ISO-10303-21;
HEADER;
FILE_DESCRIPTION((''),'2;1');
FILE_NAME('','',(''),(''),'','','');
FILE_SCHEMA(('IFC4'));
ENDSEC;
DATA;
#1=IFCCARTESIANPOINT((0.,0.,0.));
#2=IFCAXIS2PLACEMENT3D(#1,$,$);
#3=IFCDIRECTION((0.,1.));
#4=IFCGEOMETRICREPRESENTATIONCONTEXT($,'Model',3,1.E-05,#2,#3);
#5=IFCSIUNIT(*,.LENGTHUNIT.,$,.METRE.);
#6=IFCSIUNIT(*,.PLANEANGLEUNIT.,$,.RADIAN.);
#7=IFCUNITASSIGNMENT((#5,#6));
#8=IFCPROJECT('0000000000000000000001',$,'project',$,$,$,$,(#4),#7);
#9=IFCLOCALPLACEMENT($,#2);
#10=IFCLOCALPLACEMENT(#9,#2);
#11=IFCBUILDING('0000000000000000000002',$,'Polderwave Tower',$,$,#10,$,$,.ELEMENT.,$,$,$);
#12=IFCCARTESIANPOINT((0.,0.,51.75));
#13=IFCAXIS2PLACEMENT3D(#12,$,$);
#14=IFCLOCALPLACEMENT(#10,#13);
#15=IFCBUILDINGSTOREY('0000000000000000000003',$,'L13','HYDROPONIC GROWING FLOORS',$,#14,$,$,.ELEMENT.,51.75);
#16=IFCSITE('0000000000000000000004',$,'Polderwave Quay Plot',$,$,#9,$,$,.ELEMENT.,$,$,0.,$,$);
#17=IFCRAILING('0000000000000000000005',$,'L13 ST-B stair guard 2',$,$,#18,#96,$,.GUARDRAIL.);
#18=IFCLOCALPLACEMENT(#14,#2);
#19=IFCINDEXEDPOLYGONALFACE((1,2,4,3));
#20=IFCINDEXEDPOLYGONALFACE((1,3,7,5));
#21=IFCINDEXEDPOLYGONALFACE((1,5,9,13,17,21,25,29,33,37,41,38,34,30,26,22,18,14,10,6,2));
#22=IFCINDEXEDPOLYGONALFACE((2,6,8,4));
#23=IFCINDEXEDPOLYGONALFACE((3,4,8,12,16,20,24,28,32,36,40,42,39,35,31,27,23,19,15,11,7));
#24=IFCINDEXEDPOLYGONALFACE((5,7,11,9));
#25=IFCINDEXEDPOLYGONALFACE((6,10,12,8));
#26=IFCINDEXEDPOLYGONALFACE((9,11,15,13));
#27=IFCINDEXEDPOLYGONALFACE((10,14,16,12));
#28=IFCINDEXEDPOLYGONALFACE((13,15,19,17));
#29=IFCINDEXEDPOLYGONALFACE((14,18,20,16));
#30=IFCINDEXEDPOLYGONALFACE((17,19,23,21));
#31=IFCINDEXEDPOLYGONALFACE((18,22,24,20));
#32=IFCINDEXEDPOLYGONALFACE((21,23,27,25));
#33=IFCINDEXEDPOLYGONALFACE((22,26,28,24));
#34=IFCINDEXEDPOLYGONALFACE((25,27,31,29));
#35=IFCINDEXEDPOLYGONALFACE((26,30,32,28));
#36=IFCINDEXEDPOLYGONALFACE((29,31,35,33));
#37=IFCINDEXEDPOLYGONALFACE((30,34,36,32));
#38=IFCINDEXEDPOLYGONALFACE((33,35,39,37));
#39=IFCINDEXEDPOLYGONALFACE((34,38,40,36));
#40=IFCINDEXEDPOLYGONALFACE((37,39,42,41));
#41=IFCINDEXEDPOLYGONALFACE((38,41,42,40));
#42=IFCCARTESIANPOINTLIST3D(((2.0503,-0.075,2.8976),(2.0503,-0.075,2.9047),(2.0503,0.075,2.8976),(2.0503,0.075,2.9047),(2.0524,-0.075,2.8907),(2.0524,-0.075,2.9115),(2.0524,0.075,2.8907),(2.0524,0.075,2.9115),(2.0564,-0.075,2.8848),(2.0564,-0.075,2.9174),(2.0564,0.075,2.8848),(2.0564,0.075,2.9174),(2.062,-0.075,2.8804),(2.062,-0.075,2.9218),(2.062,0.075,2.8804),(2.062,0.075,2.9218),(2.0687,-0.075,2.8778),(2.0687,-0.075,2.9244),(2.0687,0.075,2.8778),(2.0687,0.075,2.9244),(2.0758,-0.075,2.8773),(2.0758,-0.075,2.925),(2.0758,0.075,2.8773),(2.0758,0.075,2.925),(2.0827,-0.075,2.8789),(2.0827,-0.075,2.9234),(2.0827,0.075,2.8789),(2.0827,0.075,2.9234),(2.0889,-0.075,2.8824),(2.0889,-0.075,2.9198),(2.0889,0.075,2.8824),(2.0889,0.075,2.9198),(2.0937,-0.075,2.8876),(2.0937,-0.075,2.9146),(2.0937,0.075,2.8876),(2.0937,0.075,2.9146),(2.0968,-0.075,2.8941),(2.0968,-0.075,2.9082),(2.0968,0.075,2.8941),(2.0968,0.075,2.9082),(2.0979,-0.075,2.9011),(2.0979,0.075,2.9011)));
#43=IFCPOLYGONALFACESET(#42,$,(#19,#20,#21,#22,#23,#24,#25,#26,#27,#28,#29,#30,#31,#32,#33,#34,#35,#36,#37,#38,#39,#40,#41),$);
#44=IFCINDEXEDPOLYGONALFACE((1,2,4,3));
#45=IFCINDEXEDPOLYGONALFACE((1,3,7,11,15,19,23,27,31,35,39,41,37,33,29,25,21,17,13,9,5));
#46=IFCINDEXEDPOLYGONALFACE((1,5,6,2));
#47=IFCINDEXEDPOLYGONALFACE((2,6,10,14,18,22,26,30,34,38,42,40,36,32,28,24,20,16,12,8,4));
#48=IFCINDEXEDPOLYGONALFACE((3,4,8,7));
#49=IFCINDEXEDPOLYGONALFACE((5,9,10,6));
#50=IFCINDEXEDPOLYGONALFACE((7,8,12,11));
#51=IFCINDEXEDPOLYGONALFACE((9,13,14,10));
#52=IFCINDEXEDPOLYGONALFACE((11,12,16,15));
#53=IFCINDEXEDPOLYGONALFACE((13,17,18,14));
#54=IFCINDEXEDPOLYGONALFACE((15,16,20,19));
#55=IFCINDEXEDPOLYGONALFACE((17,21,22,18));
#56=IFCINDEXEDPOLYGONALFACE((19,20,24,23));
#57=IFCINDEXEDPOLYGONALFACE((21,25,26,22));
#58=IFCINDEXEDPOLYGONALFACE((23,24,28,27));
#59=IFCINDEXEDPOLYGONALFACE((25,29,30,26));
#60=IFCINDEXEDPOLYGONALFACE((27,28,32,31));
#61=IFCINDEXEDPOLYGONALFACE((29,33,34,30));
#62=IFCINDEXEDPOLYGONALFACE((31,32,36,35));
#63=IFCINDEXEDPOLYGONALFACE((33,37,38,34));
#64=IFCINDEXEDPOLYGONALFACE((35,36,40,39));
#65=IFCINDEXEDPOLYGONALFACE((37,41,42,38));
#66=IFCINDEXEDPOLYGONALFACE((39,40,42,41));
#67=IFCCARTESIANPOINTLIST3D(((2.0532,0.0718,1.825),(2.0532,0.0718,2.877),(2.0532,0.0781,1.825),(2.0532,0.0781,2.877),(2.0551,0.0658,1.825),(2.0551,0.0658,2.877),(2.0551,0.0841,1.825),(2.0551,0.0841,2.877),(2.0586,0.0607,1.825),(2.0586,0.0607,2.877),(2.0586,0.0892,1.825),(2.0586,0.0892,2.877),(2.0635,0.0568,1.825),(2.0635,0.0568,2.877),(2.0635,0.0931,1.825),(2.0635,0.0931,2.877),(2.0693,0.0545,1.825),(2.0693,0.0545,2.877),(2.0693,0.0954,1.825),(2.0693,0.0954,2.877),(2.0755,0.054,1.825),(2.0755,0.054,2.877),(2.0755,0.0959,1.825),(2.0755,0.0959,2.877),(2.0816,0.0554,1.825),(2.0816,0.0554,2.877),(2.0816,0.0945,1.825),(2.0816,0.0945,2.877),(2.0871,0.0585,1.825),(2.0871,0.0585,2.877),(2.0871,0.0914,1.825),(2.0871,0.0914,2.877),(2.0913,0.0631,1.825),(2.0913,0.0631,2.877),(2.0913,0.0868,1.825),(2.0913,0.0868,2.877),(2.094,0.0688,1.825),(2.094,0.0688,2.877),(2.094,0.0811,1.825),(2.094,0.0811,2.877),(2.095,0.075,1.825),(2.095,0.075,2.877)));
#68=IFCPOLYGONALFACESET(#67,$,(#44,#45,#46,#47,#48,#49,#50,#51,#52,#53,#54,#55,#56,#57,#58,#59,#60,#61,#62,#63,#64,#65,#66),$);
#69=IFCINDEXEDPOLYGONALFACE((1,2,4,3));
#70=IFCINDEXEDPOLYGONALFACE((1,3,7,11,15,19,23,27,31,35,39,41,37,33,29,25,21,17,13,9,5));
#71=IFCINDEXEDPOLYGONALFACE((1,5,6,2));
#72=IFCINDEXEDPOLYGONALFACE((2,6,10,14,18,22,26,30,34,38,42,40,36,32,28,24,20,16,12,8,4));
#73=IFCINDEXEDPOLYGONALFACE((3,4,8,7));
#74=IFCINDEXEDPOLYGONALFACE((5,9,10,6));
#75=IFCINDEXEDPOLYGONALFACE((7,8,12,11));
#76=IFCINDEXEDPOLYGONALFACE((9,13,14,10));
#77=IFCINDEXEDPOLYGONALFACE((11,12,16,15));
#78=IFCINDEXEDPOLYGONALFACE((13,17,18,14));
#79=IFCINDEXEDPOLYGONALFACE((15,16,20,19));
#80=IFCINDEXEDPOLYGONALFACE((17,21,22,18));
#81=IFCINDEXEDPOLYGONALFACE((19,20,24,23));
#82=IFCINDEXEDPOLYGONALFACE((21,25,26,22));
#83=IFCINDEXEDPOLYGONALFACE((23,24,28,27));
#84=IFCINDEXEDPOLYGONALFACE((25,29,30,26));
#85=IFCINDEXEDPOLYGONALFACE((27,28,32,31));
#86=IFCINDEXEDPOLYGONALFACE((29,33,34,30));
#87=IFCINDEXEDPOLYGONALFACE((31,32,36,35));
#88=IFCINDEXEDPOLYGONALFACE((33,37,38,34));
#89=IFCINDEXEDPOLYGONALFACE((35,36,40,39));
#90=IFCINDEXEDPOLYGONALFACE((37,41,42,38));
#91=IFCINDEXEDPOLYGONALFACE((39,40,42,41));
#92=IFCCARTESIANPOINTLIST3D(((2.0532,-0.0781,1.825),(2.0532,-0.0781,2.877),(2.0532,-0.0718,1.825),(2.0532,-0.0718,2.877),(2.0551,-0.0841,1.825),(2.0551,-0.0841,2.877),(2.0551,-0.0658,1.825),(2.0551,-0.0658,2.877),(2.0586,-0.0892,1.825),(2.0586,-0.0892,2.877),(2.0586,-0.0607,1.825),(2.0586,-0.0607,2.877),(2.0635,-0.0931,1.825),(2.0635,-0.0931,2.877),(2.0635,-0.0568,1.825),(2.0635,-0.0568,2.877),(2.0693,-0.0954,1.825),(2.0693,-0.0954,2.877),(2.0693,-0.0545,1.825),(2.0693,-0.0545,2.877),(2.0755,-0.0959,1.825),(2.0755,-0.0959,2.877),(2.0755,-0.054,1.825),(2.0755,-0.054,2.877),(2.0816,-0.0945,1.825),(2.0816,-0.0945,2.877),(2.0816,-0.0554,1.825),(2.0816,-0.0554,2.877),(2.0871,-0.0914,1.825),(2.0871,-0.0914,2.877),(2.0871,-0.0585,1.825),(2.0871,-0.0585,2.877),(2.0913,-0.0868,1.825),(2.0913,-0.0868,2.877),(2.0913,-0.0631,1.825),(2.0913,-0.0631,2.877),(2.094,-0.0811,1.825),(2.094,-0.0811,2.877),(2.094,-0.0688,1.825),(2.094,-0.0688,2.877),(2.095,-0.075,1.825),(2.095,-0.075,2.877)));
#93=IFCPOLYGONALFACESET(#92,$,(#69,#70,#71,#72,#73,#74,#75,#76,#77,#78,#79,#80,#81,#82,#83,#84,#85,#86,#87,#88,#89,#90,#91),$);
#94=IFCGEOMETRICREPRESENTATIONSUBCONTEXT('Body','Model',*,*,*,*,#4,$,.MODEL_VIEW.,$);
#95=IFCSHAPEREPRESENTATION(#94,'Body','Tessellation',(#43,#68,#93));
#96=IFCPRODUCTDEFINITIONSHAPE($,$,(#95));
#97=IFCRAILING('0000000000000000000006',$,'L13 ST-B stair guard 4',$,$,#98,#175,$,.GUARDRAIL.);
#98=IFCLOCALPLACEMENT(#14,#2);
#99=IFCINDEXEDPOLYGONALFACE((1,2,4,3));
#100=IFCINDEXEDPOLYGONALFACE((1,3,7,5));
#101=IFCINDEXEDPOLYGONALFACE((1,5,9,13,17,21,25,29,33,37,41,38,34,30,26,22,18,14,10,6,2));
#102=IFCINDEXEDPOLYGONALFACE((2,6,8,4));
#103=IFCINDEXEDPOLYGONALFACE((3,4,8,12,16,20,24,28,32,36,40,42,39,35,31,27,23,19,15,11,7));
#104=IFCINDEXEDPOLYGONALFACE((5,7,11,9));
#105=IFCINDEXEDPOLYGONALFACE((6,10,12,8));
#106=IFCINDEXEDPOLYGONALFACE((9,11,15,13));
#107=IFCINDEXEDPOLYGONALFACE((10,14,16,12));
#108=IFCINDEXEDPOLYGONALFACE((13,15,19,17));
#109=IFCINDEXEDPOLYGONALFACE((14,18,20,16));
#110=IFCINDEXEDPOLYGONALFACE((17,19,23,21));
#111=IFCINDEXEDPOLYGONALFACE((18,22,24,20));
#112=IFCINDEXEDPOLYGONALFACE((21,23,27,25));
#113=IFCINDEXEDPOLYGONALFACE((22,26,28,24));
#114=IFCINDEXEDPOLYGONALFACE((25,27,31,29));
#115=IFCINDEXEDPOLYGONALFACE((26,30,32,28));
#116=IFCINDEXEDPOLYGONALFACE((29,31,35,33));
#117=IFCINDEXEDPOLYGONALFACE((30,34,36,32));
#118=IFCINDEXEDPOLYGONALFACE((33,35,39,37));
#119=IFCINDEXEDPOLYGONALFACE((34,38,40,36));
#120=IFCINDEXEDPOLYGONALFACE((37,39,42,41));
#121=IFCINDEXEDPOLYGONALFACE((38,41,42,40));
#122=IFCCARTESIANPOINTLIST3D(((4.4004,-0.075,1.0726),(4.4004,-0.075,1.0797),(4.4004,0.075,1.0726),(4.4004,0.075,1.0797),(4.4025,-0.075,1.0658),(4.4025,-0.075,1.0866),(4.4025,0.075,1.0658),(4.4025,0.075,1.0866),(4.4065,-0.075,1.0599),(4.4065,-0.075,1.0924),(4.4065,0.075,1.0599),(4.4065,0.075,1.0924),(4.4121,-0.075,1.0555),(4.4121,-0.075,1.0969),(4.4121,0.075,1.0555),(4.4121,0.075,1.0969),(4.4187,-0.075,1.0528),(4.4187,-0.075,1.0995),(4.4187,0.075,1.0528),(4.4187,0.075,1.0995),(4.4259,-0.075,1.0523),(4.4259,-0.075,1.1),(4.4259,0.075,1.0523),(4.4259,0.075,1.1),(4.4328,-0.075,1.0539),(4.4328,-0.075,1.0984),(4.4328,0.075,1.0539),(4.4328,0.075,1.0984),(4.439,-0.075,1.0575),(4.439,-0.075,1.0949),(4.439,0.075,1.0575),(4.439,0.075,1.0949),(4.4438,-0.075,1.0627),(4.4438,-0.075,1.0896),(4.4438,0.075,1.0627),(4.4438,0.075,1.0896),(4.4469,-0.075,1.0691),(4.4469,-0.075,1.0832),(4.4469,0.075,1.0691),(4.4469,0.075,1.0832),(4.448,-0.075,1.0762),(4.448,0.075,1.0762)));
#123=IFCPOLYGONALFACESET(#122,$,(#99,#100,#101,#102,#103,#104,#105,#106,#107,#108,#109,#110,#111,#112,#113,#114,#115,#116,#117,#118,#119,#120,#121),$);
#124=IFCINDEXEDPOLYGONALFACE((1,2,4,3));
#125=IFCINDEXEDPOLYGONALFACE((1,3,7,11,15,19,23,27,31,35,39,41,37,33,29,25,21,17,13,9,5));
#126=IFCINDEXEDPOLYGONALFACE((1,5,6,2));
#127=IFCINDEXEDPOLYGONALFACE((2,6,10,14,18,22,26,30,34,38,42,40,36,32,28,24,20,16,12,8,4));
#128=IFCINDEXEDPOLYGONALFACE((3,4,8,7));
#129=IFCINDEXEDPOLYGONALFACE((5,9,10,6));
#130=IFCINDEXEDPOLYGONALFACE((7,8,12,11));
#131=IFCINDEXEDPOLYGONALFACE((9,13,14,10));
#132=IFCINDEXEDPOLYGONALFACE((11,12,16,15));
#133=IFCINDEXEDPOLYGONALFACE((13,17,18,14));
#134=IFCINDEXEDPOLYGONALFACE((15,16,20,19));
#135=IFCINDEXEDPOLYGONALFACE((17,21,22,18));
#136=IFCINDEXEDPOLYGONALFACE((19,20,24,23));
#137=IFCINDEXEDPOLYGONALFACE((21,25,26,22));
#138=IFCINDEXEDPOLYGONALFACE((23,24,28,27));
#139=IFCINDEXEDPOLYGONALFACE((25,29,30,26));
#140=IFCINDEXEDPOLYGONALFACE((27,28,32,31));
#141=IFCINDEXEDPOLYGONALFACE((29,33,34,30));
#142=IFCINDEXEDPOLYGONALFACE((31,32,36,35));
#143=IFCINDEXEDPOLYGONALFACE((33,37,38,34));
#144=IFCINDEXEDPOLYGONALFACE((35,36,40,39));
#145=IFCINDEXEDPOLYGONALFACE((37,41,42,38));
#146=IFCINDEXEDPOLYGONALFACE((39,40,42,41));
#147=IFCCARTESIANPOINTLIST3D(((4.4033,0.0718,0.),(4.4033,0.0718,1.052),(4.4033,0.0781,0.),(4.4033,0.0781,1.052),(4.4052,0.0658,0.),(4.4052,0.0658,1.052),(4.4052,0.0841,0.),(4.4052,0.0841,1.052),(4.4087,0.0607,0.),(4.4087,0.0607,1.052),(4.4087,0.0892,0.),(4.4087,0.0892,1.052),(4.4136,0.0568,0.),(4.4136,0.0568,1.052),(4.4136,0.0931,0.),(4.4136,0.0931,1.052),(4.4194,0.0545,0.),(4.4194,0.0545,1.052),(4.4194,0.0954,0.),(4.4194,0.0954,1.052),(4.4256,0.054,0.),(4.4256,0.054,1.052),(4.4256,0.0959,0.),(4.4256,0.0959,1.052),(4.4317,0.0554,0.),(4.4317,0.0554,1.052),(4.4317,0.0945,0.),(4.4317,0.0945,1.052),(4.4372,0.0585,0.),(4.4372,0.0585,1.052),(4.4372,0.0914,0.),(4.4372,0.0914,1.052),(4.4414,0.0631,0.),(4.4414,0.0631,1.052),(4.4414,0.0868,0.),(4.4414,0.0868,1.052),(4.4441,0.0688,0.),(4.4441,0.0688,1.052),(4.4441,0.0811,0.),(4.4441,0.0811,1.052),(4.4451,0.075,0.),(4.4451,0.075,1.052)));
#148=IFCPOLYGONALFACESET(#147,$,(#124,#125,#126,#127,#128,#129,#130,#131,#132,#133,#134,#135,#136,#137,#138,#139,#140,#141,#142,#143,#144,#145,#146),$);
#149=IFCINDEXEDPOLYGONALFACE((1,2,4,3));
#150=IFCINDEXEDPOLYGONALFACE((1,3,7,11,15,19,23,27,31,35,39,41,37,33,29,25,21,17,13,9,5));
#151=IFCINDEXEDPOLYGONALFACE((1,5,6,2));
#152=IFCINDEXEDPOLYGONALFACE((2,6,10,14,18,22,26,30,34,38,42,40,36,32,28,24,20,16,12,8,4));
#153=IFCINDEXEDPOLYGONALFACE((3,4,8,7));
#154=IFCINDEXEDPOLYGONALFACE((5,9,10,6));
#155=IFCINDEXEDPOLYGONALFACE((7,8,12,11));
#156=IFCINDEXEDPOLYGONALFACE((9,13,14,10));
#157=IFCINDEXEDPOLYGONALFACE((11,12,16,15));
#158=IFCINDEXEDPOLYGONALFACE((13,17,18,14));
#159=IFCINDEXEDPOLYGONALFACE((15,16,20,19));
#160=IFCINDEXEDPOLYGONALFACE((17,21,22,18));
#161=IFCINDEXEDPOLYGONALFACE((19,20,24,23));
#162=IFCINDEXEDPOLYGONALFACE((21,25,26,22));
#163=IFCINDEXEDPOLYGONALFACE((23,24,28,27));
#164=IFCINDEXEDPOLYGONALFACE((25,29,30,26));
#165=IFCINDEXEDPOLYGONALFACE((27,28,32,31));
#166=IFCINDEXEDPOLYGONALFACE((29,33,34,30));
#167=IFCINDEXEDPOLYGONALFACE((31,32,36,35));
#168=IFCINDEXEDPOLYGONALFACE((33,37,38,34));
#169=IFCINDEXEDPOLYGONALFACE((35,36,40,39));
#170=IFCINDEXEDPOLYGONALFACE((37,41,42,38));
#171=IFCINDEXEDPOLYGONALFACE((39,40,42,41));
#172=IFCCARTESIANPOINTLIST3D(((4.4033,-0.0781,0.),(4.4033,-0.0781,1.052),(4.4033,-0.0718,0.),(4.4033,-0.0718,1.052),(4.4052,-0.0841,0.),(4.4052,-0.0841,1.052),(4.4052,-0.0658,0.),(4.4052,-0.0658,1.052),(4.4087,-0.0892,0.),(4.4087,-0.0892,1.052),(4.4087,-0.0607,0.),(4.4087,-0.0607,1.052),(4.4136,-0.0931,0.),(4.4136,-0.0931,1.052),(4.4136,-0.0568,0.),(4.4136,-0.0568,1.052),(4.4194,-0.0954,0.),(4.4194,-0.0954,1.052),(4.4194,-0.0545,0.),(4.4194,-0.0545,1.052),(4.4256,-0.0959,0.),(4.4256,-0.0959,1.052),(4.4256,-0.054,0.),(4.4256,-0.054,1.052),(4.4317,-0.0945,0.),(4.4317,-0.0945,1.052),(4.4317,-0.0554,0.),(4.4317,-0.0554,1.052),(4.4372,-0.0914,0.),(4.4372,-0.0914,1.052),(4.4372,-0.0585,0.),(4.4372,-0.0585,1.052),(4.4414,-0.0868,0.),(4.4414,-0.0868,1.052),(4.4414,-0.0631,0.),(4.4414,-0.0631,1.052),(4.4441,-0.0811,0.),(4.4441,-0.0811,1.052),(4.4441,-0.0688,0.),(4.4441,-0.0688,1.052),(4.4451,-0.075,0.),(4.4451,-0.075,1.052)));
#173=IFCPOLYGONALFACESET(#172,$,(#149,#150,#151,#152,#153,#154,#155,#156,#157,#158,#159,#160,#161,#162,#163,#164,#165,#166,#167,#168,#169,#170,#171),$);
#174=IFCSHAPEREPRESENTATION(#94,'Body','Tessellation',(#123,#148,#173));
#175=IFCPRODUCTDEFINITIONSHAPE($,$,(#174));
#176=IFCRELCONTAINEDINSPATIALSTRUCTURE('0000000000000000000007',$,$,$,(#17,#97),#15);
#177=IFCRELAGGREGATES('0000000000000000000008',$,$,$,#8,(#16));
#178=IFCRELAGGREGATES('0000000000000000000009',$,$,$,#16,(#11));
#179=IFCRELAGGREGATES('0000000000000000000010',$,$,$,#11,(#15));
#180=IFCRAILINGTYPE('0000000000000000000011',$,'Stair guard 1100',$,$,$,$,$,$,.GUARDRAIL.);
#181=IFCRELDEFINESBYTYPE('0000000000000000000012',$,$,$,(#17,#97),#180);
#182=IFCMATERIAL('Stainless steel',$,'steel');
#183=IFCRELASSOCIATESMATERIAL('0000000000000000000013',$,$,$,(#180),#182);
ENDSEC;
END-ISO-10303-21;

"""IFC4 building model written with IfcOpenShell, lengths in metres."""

from ifc_helpers import new_model, si_unit, direction, frame, origin, origin_2d, place, context, subcontext, project, spatial, circle, extrude, material, type_object, element, save


model = new_model("IFC4")

# Units and contexts
model_context = context("Model", 3, precision=1e-05, world=origin(), true_north=direction((0.0, 1.0)))
body_context = subcontext(model_context, "Body", "Model", "MODEL_VIEW")
ifc_project = project(units=[si_unit("LENGTHUNIT", "METRE"), si_unit("PLANEANGLEUNIT", "RADIAN")], contexts=[model_context])

# Site, building, storey
site_placement = place(None, origin())
site = spatial("IfcSite", under=ifc_project, at=site_placement, Name="Polderwave Quay Plot", CompositionType="ELEMENT", RefElevation=0.0)
building_placement = place(site_placement, origin())
building = spatial("IfcBuilding", under=site, at=building_placement, Name="Polderwave Tower", CompositionType="ELEMENT")
storey_placement = place(building_placement, frame((0.0, 0.0, 51.75)))
storey = spatial("IfcBuildingStorey", under=building, at=storey_placement, Name="L13", Description="HYDROPONIC GROWING FLOORS", CompositionType="ELEMENT", Elevation=51.75)

# Railings
ifc_material_1 = material(Name="Stainless steel", Category="steel")
railing_type_1 = type_object("IfcRailingType", Name="Stair guard 1100", PredefinedType="GUARDRAIL", material=ifc_material_1)
for number, where, name in (
    (1, (2.074, 0.075, 1.825), "L13 ST-B stair guard 2"),
    (2, (4.4241, 0.075, 0.0), "L13 ST-B stair guard 4"),
):
    element("IfcRailing", number, at=place(storey_placement, frame(where)), inside=storey, type_object=railing_type_1, Name=name, PredefinedType="GUARDRAIL", context=body_context, shape_type="SweptSolid", body=[
        extrude(circle(Radius=0.0239, at=origin_2d()), frame((0.0, 0.0, 1.0762), z_axis=(0.0, -1.0, 0.0), x_axis=(1.0, 0.0, 0.0)), (0.0, 0.0, 1.0), 0.1499),
        extrude(circle(Radius=0.021, at=origin_2d()), origin(), (0.0, 0.0, 1.0), 1.052),
        extrude(circle(Radius=0.021, at=origin_2d()), frame((0.0, -0.1499, 0.0)), (0.0, 0.0, 1.0), 1.052),
    ])

save(model, "model.ifc")
